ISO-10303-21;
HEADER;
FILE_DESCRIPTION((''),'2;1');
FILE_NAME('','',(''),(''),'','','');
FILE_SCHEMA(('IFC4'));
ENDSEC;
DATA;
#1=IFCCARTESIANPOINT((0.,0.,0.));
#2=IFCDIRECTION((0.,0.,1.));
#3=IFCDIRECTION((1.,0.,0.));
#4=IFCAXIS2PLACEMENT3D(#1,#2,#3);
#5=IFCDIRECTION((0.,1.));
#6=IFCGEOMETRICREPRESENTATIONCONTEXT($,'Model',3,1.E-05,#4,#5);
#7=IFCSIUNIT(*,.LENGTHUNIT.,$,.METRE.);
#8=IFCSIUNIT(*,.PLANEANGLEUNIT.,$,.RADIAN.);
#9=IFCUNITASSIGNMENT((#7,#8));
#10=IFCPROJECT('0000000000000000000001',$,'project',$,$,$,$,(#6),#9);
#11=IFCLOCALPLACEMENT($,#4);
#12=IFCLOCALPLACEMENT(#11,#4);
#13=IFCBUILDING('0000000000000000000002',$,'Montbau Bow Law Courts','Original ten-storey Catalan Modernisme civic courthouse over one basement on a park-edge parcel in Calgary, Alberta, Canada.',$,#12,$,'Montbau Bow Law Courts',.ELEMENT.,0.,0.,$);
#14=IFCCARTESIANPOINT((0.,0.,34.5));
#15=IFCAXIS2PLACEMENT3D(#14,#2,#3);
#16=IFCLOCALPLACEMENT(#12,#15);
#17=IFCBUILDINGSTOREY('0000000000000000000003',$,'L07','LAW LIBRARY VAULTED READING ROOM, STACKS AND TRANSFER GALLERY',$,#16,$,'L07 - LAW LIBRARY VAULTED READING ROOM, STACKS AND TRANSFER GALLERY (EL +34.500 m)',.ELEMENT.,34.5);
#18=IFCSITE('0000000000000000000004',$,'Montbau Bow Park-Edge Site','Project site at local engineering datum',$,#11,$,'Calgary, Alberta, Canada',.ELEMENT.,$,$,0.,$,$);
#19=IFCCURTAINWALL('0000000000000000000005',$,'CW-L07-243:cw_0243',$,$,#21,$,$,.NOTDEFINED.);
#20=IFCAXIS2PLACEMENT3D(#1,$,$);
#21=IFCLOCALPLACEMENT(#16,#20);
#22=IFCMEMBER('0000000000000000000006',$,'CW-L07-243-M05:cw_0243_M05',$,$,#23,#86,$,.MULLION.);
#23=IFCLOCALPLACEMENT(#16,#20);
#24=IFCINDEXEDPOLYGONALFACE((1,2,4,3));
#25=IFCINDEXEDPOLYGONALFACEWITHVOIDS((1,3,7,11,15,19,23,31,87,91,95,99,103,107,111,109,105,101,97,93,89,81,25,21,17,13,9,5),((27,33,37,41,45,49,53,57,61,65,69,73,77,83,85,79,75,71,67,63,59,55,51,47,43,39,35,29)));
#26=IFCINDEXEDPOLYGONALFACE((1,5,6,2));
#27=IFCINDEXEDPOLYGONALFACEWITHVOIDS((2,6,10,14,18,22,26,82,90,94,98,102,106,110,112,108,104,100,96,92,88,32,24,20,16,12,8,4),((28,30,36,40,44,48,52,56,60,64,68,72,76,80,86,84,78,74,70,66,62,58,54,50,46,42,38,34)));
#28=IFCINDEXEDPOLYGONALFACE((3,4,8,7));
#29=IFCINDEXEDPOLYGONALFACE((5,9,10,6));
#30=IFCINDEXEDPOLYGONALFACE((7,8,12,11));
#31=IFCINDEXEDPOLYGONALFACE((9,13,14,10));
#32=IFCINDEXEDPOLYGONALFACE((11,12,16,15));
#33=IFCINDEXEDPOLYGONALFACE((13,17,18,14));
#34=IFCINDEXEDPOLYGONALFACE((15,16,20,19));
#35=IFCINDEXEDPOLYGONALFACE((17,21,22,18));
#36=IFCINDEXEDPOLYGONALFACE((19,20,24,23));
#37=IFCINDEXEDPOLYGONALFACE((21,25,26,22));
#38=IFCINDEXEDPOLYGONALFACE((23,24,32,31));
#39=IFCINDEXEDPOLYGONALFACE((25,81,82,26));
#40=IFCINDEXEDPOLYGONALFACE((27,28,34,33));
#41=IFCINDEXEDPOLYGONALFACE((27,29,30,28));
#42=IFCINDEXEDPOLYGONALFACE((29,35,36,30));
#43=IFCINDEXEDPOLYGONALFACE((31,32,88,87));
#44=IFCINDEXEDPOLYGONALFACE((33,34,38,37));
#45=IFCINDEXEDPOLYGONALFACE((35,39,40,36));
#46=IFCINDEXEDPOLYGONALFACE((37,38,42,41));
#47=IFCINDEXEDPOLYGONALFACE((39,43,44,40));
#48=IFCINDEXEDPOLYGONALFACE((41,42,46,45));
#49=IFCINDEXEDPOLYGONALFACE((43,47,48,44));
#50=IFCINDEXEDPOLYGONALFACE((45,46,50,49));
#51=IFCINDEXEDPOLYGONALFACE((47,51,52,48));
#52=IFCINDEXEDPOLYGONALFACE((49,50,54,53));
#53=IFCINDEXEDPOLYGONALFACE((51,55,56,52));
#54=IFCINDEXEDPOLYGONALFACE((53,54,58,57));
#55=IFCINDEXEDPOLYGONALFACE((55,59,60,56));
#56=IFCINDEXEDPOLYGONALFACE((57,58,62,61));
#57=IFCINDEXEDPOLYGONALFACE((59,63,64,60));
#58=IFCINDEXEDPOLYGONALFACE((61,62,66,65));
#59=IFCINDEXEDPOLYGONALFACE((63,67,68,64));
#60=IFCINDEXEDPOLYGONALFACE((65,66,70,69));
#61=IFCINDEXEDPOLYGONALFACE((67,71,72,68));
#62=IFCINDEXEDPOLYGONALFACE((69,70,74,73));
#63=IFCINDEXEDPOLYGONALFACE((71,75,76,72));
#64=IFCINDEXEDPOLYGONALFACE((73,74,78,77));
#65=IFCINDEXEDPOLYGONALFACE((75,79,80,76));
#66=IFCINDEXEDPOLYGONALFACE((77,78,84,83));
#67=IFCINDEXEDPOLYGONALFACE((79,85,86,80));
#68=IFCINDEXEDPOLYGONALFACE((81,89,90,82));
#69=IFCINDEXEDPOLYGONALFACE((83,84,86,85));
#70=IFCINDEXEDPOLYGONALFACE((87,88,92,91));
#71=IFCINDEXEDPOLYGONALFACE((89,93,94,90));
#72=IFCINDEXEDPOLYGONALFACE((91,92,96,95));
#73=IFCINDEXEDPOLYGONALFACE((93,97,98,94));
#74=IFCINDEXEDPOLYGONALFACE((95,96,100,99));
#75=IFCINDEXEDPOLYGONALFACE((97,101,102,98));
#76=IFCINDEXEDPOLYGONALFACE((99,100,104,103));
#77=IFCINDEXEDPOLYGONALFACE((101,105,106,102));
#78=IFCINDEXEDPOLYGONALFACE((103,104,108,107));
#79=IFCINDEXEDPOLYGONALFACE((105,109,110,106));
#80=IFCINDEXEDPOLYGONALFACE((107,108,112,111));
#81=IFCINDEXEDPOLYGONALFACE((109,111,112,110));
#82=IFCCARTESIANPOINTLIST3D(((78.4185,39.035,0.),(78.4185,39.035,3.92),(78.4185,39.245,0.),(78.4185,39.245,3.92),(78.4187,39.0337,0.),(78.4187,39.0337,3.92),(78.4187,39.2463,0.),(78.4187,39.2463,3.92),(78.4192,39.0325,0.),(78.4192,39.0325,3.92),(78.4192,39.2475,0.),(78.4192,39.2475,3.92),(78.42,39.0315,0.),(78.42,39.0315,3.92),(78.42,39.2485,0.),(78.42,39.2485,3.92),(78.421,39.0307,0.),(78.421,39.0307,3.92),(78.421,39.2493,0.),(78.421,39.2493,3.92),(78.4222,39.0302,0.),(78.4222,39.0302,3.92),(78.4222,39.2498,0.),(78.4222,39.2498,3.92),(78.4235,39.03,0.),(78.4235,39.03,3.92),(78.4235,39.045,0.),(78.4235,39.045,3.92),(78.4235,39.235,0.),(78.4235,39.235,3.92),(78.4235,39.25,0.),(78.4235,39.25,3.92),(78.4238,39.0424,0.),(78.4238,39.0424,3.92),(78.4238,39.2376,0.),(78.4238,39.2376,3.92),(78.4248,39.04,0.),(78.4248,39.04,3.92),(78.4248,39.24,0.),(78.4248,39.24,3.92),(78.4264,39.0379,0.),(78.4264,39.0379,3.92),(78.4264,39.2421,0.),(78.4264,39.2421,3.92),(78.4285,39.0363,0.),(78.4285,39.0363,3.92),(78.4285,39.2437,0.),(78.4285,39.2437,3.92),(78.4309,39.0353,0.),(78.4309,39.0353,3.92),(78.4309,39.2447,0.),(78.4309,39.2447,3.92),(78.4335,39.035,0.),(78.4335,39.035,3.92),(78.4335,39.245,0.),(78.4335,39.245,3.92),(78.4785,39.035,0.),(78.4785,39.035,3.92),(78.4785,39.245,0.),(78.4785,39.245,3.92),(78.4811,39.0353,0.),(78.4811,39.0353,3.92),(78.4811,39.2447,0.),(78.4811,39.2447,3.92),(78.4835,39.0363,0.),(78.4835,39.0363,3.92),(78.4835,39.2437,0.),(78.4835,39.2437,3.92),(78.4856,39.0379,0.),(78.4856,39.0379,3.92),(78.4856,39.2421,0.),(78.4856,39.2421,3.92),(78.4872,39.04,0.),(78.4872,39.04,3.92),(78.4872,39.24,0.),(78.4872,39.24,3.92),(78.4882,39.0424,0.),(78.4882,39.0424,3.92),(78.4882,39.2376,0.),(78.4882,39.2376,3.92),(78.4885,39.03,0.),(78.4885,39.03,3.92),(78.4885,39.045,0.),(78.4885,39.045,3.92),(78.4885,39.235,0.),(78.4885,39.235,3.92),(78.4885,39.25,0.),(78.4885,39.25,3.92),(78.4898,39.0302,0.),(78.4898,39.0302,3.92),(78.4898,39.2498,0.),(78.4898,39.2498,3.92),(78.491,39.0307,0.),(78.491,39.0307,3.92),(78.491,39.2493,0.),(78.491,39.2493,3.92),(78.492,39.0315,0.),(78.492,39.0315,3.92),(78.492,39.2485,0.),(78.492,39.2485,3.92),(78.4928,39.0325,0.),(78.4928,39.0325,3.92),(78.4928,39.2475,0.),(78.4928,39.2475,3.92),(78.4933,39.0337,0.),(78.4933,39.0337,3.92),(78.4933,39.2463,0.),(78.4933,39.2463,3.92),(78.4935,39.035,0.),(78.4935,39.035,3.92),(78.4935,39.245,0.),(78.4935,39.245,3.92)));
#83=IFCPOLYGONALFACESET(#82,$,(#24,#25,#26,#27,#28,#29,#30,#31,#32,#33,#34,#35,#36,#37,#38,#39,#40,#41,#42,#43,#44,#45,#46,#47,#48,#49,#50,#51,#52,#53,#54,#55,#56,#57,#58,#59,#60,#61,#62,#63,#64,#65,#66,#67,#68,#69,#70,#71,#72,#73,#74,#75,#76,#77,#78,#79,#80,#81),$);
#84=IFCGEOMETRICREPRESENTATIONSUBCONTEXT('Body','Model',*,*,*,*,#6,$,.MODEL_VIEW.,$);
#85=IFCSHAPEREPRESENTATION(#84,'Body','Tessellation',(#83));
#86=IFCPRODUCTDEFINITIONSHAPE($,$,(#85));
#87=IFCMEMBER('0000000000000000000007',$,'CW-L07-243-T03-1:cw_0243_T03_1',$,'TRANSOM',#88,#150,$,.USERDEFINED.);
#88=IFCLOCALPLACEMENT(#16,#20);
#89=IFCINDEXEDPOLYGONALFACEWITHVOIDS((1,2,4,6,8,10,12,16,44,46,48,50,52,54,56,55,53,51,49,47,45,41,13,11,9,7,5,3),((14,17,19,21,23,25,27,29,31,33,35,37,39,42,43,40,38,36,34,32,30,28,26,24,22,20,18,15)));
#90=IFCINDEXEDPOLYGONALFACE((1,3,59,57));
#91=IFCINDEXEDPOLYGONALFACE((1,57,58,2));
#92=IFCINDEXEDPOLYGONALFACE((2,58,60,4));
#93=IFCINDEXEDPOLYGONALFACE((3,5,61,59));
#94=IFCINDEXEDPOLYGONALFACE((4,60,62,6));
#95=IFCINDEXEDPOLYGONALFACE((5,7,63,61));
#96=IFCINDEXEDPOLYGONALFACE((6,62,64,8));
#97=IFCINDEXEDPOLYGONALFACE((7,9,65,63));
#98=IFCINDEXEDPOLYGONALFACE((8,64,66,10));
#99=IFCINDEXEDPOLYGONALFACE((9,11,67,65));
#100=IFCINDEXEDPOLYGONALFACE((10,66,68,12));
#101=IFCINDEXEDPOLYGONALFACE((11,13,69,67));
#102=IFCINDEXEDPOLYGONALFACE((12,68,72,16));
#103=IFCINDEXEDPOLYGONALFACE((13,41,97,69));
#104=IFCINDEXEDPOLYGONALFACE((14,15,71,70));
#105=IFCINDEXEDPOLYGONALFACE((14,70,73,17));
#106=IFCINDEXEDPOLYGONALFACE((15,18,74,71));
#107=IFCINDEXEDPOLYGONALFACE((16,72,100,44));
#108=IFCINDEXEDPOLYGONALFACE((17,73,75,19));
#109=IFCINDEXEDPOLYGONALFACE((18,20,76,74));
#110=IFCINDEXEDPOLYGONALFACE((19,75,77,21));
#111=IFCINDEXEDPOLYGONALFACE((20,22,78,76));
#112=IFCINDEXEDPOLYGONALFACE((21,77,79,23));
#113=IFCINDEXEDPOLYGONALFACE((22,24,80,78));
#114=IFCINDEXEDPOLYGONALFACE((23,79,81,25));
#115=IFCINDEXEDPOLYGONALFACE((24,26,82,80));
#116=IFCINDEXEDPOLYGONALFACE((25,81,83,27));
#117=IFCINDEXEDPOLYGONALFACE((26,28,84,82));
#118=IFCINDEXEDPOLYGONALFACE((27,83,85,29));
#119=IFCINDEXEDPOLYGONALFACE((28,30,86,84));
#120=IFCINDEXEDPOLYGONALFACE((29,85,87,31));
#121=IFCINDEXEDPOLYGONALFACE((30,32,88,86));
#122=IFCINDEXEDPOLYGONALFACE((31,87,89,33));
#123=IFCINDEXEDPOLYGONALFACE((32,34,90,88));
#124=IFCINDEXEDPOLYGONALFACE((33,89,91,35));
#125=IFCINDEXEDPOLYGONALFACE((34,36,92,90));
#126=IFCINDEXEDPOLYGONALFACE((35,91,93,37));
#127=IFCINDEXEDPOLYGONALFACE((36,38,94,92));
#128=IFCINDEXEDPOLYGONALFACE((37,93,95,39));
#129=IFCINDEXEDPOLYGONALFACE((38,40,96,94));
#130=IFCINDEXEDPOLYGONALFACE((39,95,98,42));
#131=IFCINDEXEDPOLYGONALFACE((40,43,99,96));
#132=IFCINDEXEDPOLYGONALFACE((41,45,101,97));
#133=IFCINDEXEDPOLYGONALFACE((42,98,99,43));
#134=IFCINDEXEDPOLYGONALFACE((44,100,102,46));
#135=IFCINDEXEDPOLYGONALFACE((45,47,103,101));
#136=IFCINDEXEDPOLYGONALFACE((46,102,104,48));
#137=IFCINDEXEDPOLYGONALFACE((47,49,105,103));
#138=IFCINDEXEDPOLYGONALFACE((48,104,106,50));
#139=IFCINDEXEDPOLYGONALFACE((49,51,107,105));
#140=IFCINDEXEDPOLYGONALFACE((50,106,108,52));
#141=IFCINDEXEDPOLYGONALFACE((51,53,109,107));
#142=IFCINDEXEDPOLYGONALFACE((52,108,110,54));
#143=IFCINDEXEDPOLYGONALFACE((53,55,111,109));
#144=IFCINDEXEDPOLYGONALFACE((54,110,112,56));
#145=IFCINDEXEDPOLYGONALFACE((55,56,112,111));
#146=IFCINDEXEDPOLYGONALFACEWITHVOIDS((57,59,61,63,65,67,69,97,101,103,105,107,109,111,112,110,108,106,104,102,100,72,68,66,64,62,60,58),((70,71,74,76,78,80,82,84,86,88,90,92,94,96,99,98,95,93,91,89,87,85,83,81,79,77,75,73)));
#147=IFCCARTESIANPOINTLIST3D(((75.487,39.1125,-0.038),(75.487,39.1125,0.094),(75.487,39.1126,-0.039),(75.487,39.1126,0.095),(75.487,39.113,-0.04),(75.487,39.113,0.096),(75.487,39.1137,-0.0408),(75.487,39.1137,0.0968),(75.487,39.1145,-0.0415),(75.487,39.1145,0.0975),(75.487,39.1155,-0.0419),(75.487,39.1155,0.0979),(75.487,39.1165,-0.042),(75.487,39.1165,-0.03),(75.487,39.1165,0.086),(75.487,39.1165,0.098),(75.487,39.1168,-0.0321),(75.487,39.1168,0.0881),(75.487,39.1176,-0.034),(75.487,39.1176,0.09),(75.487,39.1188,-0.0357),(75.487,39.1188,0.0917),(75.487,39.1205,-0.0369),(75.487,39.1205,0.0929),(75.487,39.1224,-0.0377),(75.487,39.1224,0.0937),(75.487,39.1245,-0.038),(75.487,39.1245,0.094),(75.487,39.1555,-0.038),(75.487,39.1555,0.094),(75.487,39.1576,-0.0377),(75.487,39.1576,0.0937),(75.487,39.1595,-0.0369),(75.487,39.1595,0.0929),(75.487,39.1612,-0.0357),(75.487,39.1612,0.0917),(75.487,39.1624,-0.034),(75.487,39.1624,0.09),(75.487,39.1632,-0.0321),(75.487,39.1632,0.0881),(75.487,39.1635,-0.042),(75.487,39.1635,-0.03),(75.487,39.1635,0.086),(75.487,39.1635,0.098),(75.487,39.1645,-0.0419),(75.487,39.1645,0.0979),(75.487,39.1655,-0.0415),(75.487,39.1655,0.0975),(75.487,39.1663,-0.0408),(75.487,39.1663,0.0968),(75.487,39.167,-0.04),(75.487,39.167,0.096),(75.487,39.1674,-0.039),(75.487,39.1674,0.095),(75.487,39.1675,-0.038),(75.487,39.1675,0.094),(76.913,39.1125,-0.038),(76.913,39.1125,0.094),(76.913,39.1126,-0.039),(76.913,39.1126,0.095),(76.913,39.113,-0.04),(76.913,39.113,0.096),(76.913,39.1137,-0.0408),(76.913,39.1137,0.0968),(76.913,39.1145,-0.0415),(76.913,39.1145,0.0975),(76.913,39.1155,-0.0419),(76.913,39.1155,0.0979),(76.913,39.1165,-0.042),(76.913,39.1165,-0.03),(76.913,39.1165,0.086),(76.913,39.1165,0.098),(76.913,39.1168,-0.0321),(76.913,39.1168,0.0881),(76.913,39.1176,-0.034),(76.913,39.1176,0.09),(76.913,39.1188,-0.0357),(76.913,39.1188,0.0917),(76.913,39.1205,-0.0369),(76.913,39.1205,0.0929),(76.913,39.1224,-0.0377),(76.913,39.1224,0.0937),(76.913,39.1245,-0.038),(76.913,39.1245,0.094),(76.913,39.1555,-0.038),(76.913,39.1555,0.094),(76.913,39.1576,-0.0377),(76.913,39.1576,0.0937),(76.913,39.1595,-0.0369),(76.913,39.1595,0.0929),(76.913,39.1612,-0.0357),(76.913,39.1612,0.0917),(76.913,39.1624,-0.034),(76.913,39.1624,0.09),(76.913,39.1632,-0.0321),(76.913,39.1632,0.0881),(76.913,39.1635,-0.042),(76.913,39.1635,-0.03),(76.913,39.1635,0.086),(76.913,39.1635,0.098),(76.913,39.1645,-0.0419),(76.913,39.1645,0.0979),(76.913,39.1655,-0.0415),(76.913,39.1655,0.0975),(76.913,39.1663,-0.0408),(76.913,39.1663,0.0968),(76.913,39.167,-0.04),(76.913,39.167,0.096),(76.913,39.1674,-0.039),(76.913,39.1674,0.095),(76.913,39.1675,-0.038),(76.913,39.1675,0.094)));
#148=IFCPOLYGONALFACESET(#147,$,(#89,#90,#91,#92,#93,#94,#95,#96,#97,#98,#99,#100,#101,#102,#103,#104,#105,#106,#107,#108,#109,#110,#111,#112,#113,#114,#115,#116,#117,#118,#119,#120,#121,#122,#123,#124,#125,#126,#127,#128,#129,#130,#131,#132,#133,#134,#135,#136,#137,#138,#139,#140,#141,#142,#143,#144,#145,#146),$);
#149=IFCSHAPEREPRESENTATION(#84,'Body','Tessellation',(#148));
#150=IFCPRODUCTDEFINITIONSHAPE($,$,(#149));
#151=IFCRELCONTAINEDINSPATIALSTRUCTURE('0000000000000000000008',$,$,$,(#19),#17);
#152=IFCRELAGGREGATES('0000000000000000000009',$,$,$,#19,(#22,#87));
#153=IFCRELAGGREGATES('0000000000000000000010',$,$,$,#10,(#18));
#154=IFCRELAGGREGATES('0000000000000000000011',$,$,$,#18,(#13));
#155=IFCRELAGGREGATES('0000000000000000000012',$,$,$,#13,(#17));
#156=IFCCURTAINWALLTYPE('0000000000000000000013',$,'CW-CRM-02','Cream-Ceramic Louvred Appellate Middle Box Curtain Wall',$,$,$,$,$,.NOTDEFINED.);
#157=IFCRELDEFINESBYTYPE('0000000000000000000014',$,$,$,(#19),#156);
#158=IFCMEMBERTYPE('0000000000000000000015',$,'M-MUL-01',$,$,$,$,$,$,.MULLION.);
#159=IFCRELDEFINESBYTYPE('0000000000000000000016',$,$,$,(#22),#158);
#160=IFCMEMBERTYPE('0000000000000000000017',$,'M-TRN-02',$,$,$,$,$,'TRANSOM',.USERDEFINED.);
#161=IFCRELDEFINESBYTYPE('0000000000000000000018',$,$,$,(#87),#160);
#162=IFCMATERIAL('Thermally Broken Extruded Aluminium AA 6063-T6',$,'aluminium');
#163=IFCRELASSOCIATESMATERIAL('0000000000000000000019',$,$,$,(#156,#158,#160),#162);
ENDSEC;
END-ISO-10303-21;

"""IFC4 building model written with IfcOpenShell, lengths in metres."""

from ifc_helpers import new_model, si_unit, direction, frame, origin_with_axes, origin_2d_with_axis, place, context, subcontext, project, spatial, hollow_rectangle, extrude, material, material_profile, profile_set, type_object, element, aggregate, save


model = new_model("IFC4")

# Units and contexts
model_context = context("Model", 3, precision=1e-05, world=origin_with_axes(), true_north=direction((0.0, 1.0)))
body_context = subcontext(model_context, "Body", "Model", "MODEL_VIEW")
ifc_project = project(units=[si_unit("LENGTHUNIT", "METRE"), si_unit("PLANEANGLEUNIT", "RADIAN")], contexts=[model_context])

# Site, building, storey
site_placement = place(None, origin_with_axes())
site = spatial("IfcSite", under=ifc_project, at=site_placement, Name="Montbau Bow Park-Edge Site", Description="Project site at local engineering datum", LongName="Calgary, Alberta, Canada", CompositionType="ELEMENT", RefElevation=0.0)
building_placement = place(site_placement, origin_with_axes())
building = spatial("IfcBuilding", under=site, at=building_placement, Name="Montbau Bow Law Courts", Description="Original ten-storey Catalan Modernisme civic courthouse over one basement on a park-edge parcel in Calgary, Alberta, Canada.", LongName="Montbau Bow Law Courts", CompositionType="ELEMENT", ElevationOfRefHeight=0.0, ElevationOfTerrain=0.0)
storey_placement = place(building_placement, frame((0.0, 0.0, 34.5), z_axis=(0.0, 0.0, 1.0), x_axis=(1.0, 0.0, 0.0)))
storey = spatial("IfcBuildingStorey", under=building, at=storey_placement, Name="L07", Description="LAW LIBRARY VAULTED READING ROOM, STACKS AND TRANSFER GALLERY", LongName="L07 - LAW LIBRARY VAULTED READING ROOM, STACKS AND TRANSFER GALLERY (EL +34.500 m)", CompositionType="ELEMENT", Elevation=34.5)

# Curtain wall, members
ifc_material_1 = material(Name="Thermally Broken Extruded Aluminium AA 6063-T6", Category="aluminium")
curtain_wall_type = type_object("IfcCurtainWallType", Name="CW-CRM-02", Description="Cream-Ceramic Louvred Appellate Middle Box Curtain Wall", PredefinedType="NOTDEFINED", material=ifc_material_1)
curtain_wall_placement = place(None, frame((72.44, 39.14, 34.5), z_axis=(0.0, 0.0, 1.0), x_axis=(1.0, 0.0, 0.0)))
curtain_wall = element("IfcCurtainWall", 1, at=curtain_wall_placement, inside=storey, type_object=curtain_wall_type, Name="CW-L07-243:cw_0243", PredefinedType="NOTDEFINED")
ifc_material_profile_1 = material_profile(ifc_material_1, hollow_rectangle(XDim=0.075, YDim=0.22, WallThickness=0.005, InnerFilletRadius=0.01, OuterFilletRadius=0.005, at=origin_2d_with_axis()), Name="CWM-220X75", Category="Main", Priority=0)
ifc_profile_set_1 = profile_set([ifc_material_profile_1], Name="Thermally Broken Extruded Aluminium AA 6063-T6")
member_type_1 = type_object("IfcMemberType", Name="M-MUL-01", PredefinedType="MULLION", material=ifc_profile_set_1)
member_1_placement = place(None, frame((78.456, 39.14, 34.5), z_axis=(0.0, 0.0, 1.0), x_axis=(1.0, 0.0, 0.0)))
member_1 = element("IfcMember", 2, at=member_1_placement, type_object=member_type_1, Name="CW-L07-243-M05:cw_0243_M05", PredefinedType="MULLION", context=body_context, shape_type="SweptSolid", body=[
    extrude(hollow_rectangle(XDim=0.075, YDim=0.22, WallThickness=0.005, InnerFilletRadius=0.01, OuterFilletRadius=0.005, at=origin_2d_with_axis()), origin_with_axes(), (0.0, 0.0, 1.0), 3.92),
])
ifc_material_profile_2 = material_profile(ifc_material_1, hollow_rectangle(XDim=0.055, YDim=0.14, WallThickness=0.004, InnerFilletRadius=0.008, OuterFilletRadius=0.004, at=origin_2d_with_axis()), Name="CWT-140X55", Category="Main", Priority=0)
ifc_profile_set_2 = profile_set([ifc_material_profile_2], Name="Thermally Broken Extruded Aluminium AA 6063-T6")
member_type_2 = type_object("IfcMemberType", Name="M-TRN-02", ElementType="TRANSOM", PredefinedType="USERDEFINED", material=ifc_profile_set_2)
member_2_placement = place(None, frame((75.487, 39.14, 34.528), z_axis=(1.0, 0.0, 0.0), x_axis=(0.0, 1.0, 0.0)))
member_2 = element("IfcMember", 3, at=member_2_placement, type_object=member_type_2, Name="CW-L07-243-T03-1:cw_0243_T03_1", ObjectType="TRANSOM", PredefinedType="USERDEFINED", context=body_context, shape_type="SweptSolid", body=[
    extrude(hollow_rectangle(XDim=0.055, YDim=0.14, WallThickness=0.004, InnerFilletRadius=0.008, OuterFilletRadius=0.004, at=origin_2d_with_axis()), origin_with_axes(), (0.0, 0.0, 1.0), 1.426),
])
aggregate(curtain_wall, [member_1, member_2])

save(model, "model.ifc")
